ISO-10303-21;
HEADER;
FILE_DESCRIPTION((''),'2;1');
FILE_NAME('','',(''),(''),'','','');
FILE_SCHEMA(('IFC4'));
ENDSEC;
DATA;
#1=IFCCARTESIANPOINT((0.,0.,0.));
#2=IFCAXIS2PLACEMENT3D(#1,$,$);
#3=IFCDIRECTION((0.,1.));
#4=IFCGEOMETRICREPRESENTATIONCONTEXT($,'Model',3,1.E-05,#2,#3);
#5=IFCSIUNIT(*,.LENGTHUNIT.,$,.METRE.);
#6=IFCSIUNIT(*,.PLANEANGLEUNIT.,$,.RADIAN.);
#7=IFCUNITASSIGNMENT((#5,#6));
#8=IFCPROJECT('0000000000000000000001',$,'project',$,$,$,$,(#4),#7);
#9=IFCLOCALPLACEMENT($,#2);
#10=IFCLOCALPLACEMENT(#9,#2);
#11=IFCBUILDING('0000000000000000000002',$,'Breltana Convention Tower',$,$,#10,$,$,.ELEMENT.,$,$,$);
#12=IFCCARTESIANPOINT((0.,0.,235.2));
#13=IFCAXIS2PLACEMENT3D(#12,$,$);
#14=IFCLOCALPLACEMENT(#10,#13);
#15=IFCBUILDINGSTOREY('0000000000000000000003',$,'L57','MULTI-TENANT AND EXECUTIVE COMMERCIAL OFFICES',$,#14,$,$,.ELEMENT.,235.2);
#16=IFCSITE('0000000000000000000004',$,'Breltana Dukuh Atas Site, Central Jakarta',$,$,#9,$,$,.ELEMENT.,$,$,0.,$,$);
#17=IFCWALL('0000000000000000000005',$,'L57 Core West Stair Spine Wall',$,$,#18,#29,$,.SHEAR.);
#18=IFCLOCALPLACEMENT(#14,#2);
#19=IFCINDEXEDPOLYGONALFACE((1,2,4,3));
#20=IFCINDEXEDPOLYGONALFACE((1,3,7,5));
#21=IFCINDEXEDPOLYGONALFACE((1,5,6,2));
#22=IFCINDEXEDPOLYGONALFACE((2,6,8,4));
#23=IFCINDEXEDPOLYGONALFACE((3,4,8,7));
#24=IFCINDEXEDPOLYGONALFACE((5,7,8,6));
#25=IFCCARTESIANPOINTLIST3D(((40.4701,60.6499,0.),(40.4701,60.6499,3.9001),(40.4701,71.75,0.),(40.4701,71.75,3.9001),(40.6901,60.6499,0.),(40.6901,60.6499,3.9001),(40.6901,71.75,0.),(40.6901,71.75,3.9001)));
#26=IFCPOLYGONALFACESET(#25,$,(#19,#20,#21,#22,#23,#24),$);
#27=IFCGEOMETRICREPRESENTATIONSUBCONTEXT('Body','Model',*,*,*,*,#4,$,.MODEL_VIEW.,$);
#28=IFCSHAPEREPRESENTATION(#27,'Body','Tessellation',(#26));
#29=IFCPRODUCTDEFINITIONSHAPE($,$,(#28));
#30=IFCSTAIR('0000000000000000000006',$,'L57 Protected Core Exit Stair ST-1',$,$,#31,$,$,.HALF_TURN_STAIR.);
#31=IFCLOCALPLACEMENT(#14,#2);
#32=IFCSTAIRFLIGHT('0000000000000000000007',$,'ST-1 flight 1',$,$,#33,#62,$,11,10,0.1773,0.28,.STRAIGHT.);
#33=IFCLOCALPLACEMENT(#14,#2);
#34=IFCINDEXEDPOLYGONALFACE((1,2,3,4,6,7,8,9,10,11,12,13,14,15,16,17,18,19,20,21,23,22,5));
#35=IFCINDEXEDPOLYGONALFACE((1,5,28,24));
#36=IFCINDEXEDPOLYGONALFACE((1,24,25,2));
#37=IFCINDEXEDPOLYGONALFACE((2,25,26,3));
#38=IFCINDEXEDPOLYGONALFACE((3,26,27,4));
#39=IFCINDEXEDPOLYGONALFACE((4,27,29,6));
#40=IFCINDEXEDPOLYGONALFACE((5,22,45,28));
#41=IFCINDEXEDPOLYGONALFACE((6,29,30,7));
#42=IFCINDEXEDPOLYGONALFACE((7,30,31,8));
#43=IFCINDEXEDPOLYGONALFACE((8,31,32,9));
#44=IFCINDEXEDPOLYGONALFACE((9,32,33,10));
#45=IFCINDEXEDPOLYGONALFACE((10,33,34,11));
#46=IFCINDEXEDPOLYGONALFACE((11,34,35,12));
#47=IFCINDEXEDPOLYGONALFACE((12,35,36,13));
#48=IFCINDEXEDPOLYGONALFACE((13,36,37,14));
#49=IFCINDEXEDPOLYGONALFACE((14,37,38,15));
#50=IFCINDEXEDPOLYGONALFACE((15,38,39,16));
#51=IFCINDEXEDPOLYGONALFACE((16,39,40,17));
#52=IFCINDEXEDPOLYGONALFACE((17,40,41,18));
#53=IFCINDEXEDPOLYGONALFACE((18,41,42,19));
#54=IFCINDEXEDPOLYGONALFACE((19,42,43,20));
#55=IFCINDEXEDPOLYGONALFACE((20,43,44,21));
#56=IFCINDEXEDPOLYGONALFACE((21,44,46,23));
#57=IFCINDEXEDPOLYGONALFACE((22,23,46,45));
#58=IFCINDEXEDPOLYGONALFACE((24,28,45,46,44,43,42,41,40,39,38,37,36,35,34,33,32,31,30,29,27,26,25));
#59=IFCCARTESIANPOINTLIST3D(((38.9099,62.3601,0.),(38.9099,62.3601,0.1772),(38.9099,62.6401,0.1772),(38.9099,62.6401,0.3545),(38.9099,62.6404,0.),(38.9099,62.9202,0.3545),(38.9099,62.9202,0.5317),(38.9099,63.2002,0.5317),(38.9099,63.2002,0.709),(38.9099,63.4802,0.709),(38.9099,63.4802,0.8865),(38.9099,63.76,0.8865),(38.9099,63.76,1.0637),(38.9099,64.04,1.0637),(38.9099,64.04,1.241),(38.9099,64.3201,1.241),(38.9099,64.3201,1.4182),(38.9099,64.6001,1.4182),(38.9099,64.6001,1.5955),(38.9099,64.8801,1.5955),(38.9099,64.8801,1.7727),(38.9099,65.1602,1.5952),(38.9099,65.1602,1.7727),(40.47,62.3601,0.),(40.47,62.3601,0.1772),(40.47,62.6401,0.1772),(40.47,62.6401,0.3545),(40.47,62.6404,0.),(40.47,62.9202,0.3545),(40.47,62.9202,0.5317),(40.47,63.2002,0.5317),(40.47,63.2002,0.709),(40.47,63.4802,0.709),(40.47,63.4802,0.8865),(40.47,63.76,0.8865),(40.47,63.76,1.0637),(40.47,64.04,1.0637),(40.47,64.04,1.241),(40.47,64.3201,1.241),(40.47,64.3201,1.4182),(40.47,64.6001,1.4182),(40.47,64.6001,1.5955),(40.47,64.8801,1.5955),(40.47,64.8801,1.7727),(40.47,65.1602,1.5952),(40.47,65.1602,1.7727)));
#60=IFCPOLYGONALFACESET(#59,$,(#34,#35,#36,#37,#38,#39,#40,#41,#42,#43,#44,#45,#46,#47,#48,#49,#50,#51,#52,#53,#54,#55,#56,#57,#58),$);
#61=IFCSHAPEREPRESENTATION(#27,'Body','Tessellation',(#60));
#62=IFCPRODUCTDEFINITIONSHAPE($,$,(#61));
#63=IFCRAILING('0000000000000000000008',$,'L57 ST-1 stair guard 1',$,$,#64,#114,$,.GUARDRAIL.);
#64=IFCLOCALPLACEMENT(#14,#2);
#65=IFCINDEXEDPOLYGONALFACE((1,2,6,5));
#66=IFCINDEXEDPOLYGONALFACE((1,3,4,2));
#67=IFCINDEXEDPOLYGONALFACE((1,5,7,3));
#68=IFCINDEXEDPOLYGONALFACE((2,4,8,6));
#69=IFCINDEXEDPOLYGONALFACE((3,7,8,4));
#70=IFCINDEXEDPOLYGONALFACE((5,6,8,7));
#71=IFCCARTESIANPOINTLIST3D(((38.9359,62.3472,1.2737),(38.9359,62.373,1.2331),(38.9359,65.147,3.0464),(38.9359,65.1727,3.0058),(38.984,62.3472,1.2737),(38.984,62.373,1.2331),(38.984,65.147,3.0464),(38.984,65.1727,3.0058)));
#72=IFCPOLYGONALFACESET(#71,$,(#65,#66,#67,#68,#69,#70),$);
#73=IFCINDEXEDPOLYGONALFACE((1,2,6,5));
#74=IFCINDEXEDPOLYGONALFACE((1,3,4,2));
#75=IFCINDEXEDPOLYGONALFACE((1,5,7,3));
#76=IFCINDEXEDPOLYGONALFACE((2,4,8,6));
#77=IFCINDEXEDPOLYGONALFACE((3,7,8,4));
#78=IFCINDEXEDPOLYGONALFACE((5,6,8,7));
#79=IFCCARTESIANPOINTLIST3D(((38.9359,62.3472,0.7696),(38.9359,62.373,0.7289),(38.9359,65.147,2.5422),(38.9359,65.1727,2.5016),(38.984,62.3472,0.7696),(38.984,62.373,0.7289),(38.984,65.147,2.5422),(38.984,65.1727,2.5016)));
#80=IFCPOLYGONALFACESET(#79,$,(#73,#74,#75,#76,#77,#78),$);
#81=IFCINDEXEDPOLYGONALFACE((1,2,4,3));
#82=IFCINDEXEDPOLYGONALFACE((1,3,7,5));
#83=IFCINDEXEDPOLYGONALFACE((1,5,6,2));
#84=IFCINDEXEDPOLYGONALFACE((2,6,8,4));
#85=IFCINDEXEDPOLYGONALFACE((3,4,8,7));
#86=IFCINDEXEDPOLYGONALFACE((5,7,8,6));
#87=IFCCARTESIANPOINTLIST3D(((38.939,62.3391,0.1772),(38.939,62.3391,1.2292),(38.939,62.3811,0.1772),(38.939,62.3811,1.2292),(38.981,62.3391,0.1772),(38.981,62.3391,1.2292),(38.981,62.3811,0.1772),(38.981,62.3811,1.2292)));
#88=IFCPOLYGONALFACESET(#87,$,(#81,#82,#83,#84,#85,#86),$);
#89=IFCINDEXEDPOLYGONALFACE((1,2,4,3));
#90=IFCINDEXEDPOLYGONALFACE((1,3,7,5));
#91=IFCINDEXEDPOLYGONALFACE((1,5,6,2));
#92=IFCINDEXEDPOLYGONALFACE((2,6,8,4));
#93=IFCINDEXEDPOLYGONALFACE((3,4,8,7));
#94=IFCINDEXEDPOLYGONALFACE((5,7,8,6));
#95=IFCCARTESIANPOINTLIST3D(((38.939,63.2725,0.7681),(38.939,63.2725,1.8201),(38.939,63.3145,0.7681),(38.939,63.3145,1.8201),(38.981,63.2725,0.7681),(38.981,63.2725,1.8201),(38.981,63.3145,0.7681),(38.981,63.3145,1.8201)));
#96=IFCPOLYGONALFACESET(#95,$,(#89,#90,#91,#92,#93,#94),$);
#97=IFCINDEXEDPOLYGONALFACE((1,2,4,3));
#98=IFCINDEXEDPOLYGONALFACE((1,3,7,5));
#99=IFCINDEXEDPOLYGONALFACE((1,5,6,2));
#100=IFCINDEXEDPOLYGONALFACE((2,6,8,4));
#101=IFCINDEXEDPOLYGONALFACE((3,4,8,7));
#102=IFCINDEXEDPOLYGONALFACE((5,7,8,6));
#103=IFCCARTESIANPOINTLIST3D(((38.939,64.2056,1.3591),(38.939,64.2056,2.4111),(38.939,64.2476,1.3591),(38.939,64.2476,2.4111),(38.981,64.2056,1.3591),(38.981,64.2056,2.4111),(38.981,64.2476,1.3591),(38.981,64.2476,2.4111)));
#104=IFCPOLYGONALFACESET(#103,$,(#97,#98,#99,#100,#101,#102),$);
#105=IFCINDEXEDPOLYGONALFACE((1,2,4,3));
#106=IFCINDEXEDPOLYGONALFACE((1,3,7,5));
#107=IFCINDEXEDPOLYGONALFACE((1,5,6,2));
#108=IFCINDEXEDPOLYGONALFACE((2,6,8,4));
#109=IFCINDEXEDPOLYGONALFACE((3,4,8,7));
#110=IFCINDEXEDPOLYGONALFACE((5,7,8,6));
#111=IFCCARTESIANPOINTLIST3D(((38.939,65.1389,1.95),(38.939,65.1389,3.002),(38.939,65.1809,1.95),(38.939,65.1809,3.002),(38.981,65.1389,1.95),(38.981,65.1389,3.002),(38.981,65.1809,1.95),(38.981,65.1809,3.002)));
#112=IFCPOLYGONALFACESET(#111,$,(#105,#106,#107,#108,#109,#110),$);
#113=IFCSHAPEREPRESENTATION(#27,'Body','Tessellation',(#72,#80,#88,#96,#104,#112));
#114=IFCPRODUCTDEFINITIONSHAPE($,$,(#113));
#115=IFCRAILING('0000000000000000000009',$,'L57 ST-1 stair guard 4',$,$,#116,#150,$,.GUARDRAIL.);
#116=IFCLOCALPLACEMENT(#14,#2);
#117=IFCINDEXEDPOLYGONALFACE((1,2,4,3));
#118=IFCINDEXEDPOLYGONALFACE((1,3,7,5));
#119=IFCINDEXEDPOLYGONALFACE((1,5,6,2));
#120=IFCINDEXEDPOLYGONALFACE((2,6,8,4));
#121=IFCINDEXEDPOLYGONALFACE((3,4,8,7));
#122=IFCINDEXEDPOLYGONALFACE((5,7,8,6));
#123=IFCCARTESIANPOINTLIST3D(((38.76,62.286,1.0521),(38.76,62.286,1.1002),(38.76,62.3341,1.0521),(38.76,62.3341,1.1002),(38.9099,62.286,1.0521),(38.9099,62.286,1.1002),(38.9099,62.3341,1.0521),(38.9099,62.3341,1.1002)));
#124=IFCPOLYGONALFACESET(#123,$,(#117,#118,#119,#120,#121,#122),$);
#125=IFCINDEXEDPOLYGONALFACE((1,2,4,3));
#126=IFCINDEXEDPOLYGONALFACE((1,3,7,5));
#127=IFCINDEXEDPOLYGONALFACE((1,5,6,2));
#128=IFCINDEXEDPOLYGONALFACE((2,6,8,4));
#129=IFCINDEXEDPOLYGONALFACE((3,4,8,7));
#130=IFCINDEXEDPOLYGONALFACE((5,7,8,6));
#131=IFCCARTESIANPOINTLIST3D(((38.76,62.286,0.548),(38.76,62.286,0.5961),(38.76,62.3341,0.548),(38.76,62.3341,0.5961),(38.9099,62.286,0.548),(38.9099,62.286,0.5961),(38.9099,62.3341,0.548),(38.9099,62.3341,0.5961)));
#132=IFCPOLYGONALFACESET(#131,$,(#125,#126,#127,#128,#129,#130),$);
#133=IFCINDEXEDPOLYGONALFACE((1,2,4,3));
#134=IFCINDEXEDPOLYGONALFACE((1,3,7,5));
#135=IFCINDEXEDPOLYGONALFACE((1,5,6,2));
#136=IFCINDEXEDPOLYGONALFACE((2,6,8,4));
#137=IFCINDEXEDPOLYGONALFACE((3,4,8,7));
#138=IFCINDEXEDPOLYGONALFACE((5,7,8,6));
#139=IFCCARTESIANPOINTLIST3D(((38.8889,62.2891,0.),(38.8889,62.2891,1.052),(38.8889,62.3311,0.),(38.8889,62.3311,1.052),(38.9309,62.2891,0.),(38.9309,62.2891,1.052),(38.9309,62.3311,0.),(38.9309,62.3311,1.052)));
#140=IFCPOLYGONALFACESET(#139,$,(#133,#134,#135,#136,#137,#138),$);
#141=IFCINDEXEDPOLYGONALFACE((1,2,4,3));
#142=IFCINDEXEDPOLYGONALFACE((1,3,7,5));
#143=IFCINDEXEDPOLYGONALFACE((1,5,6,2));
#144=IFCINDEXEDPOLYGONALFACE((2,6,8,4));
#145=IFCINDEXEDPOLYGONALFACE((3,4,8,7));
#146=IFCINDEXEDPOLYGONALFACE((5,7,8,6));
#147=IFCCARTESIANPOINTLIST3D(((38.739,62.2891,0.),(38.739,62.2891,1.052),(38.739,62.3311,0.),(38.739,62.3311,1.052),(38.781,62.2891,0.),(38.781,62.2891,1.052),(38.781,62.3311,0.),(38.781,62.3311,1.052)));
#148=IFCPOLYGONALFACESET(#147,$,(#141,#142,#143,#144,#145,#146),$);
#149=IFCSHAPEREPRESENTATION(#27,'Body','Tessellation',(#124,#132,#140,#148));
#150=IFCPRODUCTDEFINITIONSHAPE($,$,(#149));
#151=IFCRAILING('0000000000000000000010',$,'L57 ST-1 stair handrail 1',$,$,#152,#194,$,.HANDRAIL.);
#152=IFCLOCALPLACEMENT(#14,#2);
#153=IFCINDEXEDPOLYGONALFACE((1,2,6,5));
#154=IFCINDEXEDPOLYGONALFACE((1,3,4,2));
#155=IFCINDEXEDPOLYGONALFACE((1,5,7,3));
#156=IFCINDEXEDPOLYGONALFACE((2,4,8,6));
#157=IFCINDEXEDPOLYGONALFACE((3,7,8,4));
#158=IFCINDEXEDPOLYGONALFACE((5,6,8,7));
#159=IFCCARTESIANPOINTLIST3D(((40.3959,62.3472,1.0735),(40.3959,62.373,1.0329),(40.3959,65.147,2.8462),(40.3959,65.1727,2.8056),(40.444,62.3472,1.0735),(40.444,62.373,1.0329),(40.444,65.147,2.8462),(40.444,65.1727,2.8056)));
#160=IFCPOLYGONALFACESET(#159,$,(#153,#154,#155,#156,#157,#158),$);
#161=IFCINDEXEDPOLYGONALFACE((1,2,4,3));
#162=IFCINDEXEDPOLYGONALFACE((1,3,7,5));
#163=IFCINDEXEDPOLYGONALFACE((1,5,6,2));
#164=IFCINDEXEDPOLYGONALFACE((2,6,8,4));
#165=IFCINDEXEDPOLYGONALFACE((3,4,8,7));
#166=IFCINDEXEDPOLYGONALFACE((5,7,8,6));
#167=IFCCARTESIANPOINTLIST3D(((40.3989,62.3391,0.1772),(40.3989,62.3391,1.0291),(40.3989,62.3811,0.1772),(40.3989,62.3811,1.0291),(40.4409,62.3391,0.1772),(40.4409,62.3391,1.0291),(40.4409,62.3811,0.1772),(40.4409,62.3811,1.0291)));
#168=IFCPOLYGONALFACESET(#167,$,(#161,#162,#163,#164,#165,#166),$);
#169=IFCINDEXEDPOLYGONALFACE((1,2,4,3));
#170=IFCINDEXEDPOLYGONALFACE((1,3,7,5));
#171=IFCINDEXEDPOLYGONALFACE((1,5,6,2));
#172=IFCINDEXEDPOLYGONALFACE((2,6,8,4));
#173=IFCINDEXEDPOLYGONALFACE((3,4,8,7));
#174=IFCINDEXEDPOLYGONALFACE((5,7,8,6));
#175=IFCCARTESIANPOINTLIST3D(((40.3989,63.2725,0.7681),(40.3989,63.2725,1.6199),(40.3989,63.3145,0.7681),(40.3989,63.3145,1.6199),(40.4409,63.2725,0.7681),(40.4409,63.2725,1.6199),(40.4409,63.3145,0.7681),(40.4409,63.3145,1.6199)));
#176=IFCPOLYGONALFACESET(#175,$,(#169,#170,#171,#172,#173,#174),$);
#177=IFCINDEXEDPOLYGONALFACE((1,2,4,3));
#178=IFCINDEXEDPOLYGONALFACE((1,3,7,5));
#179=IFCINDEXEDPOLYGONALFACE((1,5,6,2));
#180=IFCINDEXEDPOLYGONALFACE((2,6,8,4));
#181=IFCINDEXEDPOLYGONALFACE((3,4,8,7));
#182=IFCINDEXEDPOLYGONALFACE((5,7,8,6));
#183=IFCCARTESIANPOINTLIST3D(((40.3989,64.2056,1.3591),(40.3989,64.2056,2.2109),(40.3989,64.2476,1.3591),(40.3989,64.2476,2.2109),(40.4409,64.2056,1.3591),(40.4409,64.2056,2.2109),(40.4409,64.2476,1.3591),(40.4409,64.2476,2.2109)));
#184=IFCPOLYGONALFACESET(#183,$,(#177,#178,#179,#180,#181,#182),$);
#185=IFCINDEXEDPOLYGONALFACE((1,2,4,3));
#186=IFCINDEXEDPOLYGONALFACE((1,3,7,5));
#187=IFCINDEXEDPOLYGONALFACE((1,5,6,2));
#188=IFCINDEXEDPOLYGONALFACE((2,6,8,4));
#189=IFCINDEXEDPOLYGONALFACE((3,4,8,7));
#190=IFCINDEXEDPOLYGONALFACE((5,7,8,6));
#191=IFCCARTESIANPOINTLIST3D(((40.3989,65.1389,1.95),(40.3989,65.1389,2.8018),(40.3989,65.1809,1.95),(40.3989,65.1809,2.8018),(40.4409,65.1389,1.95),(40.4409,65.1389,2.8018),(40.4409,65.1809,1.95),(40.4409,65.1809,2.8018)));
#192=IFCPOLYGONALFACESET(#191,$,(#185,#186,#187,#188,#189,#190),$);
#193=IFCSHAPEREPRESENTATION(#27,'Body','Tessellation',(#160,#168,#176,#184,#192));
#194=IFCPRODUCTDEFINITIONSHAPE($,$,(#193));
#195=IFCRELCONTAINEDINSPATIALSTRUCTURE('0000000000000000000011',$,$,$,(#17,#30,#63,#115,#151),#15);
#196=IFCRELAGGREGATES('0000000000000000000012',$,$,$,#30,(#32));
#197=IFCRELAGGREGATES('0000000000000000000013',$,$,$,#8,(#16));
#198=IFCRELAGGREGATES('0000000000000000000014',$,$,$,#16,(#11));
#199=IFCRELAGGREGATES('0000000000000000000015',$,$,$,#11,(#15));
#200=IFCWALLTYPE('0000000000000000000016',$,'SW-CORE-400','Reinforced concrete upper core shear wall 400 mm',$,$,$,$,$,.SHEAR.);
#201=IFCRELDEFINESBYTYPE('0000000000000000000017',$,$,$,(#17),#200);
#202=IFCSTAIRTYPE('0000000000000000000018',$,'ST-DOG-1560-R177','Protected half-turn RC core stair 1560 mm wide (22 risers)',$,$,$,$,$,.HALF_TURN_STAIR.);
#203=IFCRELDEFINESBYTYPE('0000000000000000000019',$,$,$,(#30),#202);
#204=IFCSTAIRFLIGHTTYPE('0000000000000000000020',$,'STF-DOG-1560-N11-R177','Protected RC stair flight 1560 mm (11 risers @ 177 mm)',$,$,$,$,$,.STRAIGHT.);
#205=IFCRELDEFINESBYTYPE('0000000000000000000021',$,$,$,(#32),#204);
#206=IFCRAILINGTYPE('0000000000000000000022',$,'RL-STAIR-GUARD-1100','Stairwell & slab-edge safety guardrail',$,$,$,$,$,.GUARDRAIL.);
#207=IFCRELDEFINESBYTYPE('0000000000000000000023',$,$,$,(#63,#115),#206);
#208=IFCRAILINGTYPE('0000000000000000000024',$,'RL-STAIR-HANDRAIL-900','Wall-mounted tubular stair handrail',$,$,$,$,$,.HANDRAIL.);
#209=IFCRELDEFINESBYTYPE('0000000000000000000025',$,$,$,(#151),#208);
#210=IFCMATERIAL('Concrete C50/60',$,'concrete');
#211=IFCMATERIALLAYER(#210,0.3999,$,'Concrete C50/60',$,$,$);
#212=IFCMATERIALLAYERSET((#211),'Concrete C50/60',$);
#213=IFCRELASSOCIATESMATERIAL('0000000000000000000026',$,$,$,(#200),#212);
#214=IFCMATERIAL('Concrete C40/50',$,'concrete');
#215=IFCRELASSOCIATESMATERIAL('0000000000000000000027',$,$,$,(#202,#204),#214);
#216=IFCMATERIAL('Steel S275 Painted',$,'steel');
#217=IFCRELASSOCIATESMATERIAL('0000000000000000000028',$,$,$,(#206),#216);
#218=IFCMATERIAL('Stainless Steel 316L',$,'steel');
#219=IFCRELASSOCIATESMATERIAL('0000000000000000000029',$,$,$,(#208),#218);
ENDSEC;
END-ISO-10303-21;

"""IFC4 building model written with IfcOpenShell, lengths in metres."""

from ifc_helpers import new_model, si_unit, direction, frame, frame_2d, origin, origin_2d, place, context, subcontext, project, spatial, polyline, rectangle, outline, extrude, source, transform, mapped, material, layer, layer_set, type_object, element, aggregate, save


model = new_model("IFC4")

# Units and contexts
model_context = context("Model", 3, precision=1e-05, world=origin(), true_north=direction((0.0, 1.0)))
body_context = subcontext(model_context, "Body", "Model", "MODEL_VIEW")
ifc_project = project(units=[si_unit("LENGTHUNIT", "METRE"), si_unit("PLANEANGLEUNIT", "RADIAN")], contexts=[model_context])

# Site, building, storey
site_placement = place(None, origin())
site = spatial("IfcSite", under=ifc_project, at=site_placement, Name="Breltana Dukuh Atas Site, Central Jakarta", CompositionType="ELEMENT", RefElevation=0.0)
building_placement = place(site_placement, origin())
building = spatial("IfcBuilding", under=site, at=building_placement, Name="Breltana Convention Tower", CompositionType="ELEMENT")
storey_placement = place(building_placement, frame((0.0, 0.0, 235.2)))
storey = spatial("IfcBuildingStorey", under=building, at=storey_placement, Name="L57", Description="MULTI-TENANT AND EXECUTIVE COMMERCIAL OFFICES", CompositionType="ELEMENT", Elevation=235.2)

# Wall
ifc_material_1 = material(Name="Concrete C50/60", Category="concrete")
ifc_layer_1 = layer(ifc_material_1, 0.3999, Name="Concrete C50/60")
ifc_layer_set_1 = layer_set([ifc_layer_1], Name="Concrete C50/60")
wall_type_1 = type_object("IfcWallType", Name="SW-CORE-400", Description="Reinforced concrete upper core shear wall 400 mm", PredefinedType="SHEAR", material=ifc_layer_set_1)
shared_shape_1 = source(origin(), body_context, "Body", "SweptSolid", [
    extrude(rectangle(XDim=11.1001, YDim=0.22, at=frame_2d((5.55, 0.0))), origin(), (0.0, 0.0, 1.0), 3.9001),
])
wall_1_placement = place(storey_placement, frame((40.5801, 60.6499, 0.0), z_axis=(0.0, 0.0, 1.0), x_axis=(0.0, 1.0, 0.0)))
element("IfcWall", 1, at=wall_1_placement, inside=storey, type_object=wall_type_1, Name="L57 Core West Stair Spine Wall", PredefinedType="SHEAR", context=body_context, shape_type="MappedRepresentation", body=[
    mapped(shared_shape_1, transform((0.0, 0.0, 0.0), scale=1.0)),
])

# Stair, stair flight
ifc_material_2 = material(Name="Concrete C40/50", Category="concrete")
stair_type = type_object("IfcStairType", Name="ST-DOG-1560-R177", Description="Protected half-turn RC core stair 1560 mm wide (22 risers)", PredefinedType="HALF_TURN_STAIR", material=ifc_material_2)
stair_placement = place(storey_placement, origin())
stair = element("IfcStair", 2, at=stair_placement, inside=storey, type_object=stair_type, Name="L57 Protected Core Exit Stair ST-1", PredefinedType="HALF_TURN_STAIR")
stair_flight_type = type_object("IfcStairFlightType", Name="STF-DOG-1560-N11-R177", Description="Protected RC stair flight 1560 mm (11 risers @ 177 mm)", PredefinedType="STRAIGHT", material=ifc_material_2)
stair_flight_placement = place(storey_placement, frame((39.6899, 62.3601, 0.0), z_axis=(0.0, 0.0, 1.0), x_axis=(0.0, 1.0, 0.0)))
stair_flight = element("IfcStairFlight", 3, at=stair_flight_placement, type_object=stair_flight_type, Name="ST-1 flight 1", NumberOfRisers=11, NumberOfTreads=10, PredefinedType="STRAIGHT", RiserHeight=0.1773, TreadLength=0.28, context=body_context, shape_type="SweptSolid", body=[
    extrude(outline(polyline([(0.0, 0.0), (0.0, 0.1772), (0.28, 0.1772), (0.28, 0.3545), (0.5601, 0.3545), (0.5601, 0.5317), (0.8401, 0.5317), (0.8401, 0.709), (1.1201, 0.709), (1.1201, 0.8865), (1.3999, 0.8865), (1.3999, 1.0637), (1.6799, 1.0637), (1.6799, 1.241), (1.96, 1.241), (1.96, 1.4182), (2.24, 1.4182), (2.24, 1.5955), (2.52, 1.5955), (2.52, 1.7727), (2.8, 1.7727), (2.8, 1.95), (2.8, 1.5952), (0.2803, 0.0), (0.0, 0.0)])), frame((0.0, 0.78, 0.0), z_axis=(0.0, -1.0, 0.0), x_axis=(1.0, 0.0, 0.0)), (0.0, 0.0, 1.0), 1.5601),
])
aggregate(stair, [stair_flight])

# Railings
ifc_material_3 = material(Name="Steel S275 Painted", Category="steel")
railing_type_1 = type_object("IfcRailingType", Name="RL-STAIR-GUARD-1100", Description="Stairwell & slab-edge safety guardrail", PredefinedType="GUARDRAIL", material=ifc_material_3)
railing_1_placement = place(storey_placement, frame((38.96, 62.3601, 0.1772)))
element("IfcRailing", 4, at=railing_1_placement, inside=storey, type_object=railing_type_1, Name="L57 ST-1 stair guard 1", PredefinedType="GUARDRAIL", context=body_context, shape_type="SweptSolid", body=[
    extrude(rectangle(XDim=0.0481, YDim=0.0481, at=origin_2d()), frame((0.0, 0.0, 1.0762), z_axis=(0.0, 0.844888, 0.534943), x_axis=(-1.0, 0.0, 0.0)), (0.0, 0.0, 1.0), 3.3137),
    extrude(rectangle(XDim=0.0481, YDim=0.0481, at=origin_2d()), frame((0.0, 0.0, 0.572), z_axis=(0.0, 0.844888, 0.534943), x_axis=(-1.0, 0.0, 0.0)), (0.0, 0.0, 1.0), 3.3137),
    extrude(rectangle(XDim=0.042, YDim=0.042, at=origin_2d()), origin(), (0.0, 0.0, 1.0), 1.052),
    extrude(rectangle(XDim=0.042, YDim=0.042, at=origin_2d()), frame((0.0, 0.9333, 0.5908)), (0.0, 0.0, 1.0), 1.052),
    extrude(rectangle(XDim=0.042, YDim=0.042, at=origin_2d()), frame((0.0, 1.8665, 1.1819)), (0.0, 0.0, 1.0), 1.052),
    extrude(rectangle(XDim=0.042, YDim=0.042, at=origin_2d()), frame((0.0, 2.7998, 1.7727)), (0.0, 0.0, 1.0), 1.052),
])
railing_2_placement = place(storey_placement, frame((38.9099, 62.3101, 0.0)))
element("IfcRailing", 5, at=railing_2_placement, inside=storey, type_object=railing_type_1, Name="L57 ST-1 stair guard 4", PredefinedType="GUARDRAIL", context=body_context, shape_type="SweptSolid", body=[
    extrude(rectangle(XDim=0.0481, YDim=0.0481, at=origin_2d()), frame((0.0, 0.0, 1.0762), z_axis=(-1.0, 0.0, 0.0), x_axis=(0.0, -1.0, 0.0)), (0.0, 0.0, 1.0), 0.1499),
    extrude(rectangle(XDim=0.0481, YDim=0.0481, at=origin_2d()), frame((0.0, 0.0, 0.572), z_axis=(-1.0, 0.0, 0.0), x_axis=(0.0, -1.0, 0.0)), (0.0, 0.0, 1.0), 0.1499),
    extrude(rectangle(XDim=0.042, YDim=0.042, at=origin_2d()), origin(), (0.0, 0.0, 1.0), 1.052),
    extrude(rectangle(XDim=0.042, YDim=0.042, at=origin_2d()), frame((-0.1499, 0.0, 0.0)), (0.0, 0.0, 1.0), 1.052),
])
ifc_material_4 = material(Name="Stainless Steel 316L", Category="steel")
railing_type_2 = type_object("IfcRailingType", Name="RL-STAIR-HANDRAIL-900", Description="Wall-mounted tubular stair handrail", PredefinedType="HANDRAIL", material=ifc_material_4)
railing_3_placement = place(storey_placement, frame((40.4199, 62.3601, 0.1772)))
element("IfcRailing", 6, at=railing_3_placement, inside=storey, type_object=railing_type_2, Name="L57 ST-1 stair handrail 1", PredefinedType="HANDRAIL", context=body_context, shape_type="SweptSolid", body=[
    extrude(rectangle(XDim=0.0481, YDim=0.0481, at=origin_2d()), frame((0.0, 0.0, 0.876), z_axis=(0.0, 0.844888, 0.534943), x_axis=(-1.0, 0.0, 0.0)), (0.0, 0.0, 1.0), 3.3137),
    extrude(rectangle(XDim=0.042, YDim=0.042, at=origin_2d()), origin(), (0.0, 0.0, 1.0), 0.8518),
    extrude(rectangle(XDim=0.042, YDim=0.042, at=origin_2d()), frame((0.0, 0.9333, 0.5908)), (0.0, 0.0, 1.0), 0.8518),
    extrude(rectangle(XDim=0.042, YDim=0.042, at=origin_2d()), frame((0.0, 1.8665, 1.1819)), (0.0, 0.0, 1.0), 0.8518),
    extrude(rectangle(XDim=0.042, YDim=0.042, at=origin_2d()), frame((0.0, 2.7998, 1.7727)), (0.0, 0.0, 1.0), 0.8518),
])

save(model, "model.ifc")
